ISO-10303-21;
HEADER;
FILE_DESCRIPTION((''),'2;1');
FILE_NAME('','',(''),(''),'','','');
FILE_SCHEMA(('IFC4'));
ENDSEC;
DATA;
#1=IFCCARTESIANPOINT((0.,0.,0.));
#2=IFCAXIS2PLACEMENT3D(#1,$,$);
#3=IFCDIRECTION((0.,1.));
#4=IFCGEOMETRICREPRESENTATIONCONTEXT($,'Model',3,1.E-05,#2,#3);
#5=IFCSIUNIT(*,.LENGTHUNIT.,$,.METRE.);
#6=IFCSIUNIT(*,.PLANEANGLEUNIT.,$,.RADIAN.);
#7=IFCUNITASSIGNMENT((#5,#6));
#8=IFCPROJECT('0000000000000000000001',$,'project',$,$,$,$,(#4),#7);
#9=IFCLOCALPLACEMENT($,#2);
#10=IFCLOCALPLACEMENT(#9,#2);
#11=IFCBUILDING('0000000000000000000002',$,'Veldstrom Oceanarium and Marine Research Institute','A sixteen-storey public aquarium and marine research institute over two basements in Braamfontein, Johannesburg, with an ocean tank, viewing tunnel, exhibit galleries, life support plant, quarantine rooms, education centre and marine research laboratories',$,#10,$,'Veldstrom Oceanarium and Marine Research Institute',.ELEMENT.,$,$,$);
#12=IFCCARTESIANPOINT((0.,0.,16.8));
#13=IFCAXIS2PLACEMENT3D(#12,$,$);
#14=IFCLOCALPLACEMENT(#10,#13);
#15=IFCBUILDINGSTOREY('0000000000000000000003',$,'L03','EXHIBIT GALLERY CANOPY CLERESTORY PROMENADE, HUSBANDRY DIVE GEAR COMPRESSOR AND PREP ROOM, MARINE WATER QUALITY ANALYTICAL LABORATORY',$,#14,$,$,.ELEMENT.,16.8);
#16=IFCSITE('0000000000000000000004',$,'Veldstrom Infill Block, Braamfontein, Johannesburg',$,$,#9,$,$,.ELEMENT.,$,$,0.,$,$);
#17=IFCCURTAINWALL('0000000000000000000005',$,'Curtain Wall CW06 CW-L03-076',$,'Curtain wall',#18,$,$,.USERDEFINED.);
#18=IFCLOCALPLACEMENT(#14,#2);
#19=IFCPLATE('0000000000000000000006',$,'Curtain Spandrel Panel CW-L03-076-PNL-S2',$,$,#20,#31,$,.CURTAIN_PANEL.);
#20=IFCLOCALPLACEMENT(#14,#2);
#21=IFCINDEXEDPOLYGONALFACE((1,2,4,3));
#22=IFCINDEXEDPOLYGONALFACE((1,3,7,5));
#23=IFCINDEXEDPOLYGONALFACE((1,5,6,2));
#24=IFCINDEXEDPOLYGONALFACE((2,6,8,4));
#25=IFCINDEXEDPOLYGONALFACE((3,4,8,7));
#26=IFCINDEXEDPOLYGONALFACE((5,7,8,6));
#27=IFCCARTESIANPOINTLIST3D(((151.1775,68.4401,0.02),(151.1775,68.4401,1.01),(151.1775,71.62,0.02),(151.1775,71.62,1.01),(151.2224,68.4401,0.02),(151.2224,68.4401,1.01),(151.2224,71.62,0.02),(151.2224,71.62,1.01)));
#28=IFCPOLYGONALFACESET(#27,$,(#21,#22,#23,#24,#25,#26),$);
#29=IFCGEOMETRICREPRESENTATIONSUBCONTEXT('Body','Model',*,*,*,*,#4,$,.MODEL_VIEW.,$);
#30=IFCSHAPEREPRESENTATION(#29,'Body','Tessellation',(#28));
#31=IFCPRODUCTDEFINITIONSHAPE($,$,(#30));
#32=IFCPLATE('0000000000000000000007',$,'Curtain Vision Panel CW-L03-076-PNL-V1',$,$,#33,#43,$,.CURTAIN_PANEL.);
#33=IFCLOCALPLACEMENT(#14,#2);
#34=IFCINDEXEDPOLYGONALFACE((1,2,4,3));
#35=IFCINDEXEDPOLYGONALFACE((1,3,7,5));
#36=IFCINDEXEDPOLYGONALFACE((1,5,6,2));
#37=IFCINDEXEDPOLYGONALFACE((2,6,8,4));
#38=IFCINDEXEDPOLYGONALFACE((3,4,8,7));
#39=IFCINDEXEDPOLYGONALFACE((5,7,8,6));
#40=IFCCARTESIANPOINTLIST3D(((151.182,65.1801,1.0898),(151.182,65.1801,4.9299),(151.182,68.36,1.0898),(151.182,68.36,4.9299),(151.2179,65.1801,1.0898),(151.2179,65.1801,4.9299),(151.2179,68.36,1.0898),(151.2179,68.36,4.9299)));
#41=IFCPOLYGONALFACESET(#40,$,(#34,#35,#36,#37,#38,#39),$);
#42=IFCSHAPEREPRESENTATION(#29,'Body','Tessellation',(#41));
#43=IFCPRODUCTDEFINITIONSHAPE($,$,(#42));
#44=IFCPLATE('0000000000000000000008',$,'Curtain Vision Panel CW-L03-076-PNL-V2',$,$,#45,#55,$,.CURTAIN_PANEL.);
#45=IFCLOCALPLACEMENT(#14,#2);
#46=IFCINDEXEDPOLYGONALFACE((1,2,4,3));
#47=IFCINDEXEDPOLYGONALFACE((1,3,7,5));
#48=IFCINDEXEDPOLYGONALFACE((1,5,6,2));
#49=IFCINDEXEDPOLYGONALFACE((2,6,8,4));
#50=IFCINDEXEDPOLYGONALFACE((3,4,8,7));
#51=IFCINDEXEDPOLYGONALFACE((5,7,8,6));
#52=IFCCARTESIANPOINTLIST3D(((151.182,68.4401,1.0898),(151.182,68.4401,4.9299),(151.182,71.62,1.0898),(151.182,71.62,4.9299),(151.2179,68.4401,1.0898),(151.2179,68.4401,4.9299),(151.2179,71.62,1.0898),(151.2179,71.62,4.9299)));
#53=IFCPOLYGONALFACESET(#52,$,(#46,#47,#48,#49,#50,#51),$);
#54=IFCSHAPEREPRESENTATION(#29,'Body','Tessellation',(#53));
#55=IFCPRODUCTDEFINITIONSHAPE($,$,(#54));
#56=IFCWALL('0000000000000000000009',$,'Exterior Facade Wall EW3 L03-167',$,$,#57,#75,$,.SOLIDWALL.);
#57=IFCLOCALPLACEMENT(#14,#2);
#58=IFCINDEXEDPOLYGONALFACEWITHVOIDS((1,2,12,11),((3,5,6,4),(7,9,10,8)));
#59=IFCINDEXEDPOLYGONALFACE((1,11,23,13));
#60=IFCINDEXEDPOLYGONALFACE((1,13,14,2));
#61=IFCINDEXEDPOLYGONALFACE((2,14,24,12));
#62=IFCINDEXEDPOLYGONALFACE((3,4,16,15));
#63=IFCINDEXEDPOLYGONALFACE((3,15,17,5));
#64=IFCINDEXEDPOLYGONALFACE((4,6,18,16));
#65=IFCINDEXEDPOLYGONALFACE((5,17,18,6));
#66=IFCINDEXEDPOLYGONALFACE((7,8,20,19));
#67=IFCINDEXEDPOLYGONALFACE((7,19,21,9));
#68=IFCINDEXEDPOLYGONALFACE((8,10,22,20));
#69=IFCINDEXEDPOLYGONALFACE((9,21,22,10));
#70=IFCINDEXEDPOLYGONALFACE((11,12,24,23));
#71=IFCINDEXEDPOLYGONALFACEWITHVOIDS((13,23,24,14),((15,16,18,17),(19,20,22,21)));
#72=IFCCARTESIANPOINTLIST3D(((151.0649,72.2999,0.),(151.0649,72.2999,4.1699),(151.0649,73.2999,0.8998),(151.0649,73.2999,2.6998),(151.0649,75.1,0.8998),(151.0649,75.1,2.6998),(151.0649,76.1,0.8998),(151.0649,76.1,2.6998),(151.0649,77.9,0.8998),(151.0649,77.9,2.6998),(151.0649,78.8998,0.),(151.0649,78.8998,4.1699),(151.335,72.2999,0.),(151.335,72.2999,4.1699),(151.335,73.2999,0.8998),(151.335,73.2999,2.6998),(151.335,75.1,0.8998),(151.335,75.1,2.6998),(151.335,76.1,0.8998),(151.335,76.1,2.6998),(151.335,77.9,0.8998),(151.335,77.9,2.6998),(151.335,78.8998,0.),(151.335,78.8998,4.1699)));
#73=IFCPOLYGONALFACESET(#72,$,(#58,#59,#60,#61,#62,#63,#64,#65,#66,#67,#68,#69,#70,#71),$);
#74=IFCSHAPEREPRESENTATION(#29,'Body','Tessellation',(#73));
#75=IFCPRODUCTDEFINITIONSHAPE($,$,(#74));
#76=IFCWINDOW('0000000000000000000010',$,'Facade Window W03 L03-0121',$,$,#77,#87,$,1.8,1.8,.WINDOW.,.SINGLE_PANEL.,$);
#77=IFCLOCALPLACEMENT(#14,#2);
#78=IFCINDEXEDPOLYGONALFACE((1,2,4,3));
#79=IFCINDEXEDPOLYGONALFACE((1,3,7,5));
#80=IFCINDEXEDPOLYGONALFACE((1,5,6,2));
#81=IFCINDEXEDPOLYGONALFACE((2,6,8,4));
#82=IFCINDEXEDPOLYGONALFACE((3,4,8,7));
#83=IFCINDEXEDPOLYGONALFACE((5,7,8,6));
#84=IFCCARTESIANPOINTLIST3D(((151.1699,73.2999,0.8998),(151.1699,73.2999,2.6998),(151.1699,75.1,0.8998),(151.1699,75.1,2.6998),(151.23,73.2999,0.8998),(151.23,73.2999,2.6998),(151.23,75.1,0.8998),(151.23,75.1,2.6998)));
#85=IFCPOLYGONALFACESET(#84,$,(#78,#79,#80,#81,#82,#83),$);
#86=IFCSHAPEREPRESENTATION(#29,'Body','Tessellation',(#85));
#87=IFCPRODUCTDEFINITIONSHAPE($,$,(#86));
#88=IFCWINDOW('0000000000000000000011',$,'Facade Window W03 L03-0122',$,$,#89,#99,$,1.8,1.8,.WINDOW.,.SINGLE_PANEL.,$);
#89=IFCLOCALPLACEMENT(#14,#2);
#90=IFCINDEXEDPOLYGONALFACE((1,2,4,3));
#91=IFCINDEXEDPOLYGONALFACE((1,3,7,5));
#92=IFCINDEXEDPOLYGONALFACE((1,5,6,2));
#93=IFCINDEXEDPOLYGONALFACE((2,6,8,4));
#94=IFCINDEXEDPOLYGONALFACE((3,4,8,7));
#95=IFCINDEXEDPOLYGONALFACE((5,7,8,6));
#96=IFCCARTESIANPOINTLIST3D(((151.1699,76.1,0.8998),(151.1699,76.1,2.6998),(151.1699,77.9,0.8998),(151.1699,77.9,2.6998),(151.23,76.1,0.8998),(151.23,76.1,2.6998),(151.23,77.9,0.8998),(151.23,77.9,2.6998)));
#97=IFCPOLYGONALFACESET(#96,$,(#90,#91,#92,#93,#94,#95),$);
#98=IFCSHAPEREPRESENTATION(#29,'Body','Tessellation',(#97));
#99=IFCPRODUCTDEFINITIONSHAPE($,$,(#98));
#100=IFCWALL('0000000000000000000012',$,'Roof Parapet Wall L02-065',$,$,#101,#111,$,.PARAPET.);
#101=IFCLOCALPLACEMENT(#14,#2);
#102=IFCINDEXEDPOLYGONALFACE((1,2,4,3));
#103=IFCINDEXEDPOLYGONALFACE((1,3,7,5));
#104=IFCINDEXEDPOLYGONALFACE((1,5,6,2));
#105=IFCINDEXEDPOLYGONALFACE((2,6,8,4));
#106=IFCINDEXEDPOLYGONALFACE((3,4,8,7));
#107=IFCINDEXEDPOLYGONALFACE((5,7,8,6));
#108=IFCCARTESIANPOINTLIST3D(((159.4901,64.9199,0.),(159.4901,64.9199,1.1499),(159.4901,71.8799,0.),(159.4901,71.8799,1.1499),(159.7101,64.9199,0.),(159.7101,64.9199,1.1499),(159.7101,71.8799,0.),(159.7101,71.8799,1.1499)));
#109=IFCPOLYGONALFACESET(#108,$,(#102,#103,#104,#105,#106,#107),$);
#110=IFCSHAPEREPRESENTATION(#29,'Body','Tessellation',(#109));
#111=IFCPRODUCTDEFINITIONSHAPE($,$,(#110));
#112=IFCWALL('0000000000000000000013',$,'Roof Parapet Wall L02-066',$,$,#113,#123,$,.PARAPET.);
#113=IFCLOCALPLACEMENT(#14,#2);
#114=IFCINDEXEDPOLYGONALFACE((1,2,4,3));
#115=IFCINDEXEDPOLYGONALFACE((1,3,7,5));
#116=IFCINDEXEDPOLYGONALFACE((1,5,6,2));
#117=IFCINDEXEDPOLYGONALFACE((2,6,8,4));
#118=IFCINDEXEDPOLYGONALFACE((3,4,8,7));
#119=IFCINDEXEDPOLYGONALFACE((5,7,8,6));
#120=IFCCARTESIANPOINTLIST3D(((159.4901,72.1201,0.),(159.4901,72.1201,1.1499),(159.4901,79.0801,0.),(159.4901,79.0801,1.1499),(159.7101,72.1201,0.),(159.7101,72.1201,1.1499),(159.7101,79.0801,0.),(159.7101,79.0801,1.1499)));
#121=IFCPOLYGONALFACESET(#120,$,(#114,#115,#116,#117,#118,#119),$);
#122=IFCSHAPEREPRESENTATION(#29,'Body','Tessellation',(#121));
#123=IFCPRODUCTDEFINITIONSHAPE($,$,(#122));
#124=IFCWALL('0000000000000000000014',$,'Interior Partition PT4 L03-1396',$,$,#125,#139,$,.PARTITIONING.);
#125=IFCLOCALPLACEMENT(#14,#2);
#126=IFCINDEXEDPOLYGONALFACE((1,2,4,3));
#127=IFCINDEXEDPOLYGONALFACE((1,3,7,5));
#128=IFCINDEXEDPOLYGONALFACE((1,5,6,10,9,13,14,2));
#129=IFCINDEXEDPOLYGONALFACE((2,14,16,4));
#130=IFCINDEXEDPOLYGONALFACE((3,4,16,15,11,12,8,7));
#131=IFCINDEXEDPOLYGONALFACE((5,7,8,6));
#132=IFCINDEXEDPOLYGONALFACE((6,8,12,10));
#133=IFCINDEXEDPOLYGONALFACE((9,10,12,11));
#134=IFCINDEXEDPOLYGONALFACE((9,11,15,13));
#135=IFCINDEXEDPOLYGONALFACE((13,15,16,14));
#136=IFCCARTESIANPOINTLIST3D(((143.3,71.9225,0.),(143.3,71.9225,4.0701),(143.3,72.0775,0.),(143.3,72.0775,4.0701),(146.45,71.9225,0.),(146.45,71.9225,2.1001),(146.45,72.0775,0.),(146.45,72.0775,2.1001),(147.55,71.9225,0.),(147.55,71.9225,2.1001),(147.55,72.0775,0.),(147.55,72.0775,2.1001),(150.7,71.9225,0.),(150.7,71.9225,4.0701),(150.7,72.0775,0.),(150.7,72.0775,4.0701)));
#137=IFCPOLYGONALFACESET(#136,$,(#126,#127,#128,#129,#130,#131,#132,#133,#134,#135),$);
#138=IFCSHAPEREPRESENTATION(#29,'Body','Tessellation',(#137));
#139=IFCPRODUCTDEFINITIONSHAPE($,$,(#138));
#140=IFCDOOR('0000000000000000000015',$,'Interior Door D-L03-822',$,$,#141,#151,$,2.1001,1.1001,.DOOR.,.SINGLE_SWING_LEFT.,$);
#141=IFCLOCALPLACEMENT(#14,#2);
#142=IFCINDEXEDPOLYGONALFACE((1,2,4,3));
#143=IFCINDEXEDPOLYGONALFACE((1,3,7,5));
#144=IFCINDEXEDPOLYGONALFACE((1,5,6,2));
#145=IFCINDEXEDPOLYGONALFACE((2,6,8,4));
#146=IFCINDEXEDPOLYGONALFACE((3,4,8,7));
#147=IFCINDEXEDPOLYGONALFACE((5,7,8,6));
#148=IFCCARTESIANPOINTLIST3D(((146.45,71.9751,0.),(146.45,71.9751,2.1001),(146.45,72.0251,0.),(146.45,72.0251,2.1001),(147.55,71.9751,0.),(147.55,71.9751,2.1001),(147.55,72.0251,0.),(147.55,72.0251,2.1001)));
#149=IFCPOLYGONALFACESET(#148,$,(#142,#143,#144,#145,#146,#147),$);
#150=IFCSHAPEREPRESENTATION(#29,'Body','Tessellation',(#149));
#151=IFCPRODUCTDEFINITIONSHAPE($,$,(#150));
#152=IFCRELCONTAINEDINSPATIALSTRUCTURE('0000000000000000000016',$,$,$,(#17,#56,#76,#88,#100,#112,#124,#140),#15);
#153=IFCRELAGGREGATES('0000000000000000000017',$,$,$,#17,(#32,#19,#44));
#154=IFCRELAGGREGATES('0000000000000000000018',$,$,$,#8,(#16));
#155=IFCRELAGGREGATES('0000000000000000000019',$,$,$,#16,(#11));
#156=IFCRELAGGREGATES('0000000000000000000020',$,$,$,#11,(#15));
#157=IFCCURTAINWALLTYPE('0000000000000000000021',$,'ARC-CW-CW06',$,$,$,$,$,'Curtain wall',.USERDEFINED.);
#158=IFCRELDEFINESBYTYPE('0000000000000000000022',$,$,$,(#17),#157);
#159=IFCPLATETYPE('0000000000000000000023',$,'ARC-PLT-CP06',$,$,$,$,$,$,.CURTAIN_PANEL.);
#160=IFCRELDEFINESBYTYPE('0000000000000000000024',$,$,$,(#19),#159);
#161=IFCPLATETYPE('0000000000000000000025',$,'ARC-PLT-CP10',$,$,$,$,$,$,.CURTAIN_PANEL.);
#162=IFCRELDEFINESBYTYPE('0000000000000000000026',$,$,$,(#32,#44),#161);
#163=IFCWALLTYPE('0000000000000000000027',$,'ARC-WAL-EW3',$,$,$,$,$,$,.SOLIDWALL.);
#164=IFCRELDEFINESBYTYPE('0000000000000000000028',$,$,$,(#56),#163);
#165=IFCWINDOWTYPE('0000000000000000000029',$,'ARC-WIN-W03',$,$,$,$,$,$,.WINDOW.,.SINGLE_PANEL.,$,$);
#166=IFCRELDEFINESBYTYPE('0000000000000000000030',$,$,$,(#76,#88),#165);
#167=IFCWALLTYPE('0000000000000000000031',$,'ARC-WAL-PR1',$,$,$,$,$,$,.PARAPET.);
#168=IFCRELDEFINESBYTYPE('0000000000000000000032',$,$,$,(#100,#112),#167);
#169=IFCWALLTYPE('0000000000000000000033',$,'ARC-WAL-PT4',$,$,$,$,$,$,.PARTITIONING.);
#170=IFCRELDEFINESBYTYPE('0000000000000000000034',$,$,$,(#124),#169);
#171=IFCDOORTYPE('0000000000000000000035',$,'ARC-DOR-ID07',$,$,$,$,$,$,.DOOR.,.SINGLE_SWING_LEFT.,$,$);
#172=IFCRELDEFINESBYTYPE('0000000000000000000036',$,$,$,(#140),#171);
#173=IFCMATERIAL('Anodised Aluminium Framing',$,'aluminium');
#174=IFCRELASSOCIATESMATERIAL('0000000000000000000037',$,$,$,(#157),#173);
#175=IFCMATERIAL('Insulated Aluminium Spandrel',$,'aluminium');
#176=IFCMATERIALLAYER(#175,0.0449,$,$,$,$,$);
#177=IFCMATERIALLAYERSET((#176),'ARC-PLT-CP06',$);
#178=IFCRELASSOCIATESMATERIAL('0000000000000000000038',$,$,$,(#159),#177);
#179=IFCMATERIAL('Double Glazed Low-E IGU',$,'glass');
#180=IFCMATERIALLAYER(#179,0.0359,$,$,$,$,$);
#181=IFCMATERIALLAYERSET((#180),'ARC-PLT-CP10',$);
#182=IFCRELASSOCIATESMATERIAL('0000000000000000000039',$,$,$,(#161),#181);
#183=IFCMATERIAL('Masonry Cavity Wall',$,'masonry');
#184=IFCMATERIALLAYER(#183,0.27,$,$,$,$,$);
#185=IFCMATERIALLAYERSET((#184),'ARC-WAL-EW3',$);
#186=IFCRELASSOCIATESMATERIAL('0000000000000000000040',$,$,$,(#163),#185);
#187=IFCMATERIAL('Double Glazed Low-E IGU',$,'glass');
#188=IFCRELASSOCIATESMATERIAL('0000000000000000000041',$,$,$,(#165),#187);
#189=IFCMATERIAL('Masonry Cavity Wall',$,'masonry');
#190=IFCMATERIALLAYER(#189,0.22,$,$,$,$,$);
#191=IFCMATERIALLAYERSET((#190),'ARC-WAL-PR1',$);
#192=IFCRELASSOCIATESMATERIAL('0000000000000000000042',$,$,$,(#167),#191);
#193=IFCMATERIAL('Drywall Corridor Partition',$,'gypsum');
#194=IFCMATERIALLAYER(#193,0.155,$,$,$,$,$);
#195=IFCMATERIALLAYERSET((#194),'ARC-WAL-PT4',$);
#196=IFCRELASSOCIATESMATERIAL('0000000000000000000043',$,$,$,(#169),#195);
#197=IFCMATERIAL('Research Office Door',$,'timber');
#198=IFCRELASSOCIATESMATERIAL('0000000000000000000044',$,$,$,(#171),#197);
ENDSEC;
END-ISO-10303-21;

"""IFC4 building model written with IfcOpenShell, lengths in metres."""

from ifc_helpers import new_model, si_unit, direction, frame, frame_2d, origin, origin_2d, place, context, subcontext, project, spatial, rectangle, extrude, material, layer, layer_set, type_object, element, fill, aggregate, save


model = new_model("IFC4")

# Units and contexts
model_context = context("Model", 3, precision=1e-05, world=origin(), true_north=direction((0.0, 1.0)))
body_context = subcontext(model_context, "Body", "Model", "MODEL_VIEW")
ifc_project = project(units=[si_unit("LENGTHUNIT", "METRE"), si_unit("PLANEANGLEUNIT", "RADIAN")], contexts=[model_context])

# Site, building, storey
site_placement = place(None, origin())
site = spatial("IfcSite", under=ifc_project, at=site_placement, Name="Veldstrom Infill Block, Braamfontein, Johannesburg", CompositionType="ELEMENT", RefElevation=0.0)
building_placement = place(site_placement, origin())
building = spatial("IfcBuilding", under=site, at=building_placement, Name="Veldstrom Oceanarium and Marine Research Institute", Description="A sixteen-storey public aquarium and marine research institute over two basements in Braamfontein, Johannesburg, with an ocean tank, viewing tunnel, exhibit galleries, life support plant, quarantine rooms, education centre and marine research laboratories", LongName="Veldstrom Oceanarium and Marine Research Institute", CompositionType="ELEMENT")
storey_placement = place(building_placement, frame((0.0, 0.0, 16.8)))
storey = spatial("IfcBuildingStorey", under=building, at=storey_placement, Name="L03", Description="EXHIBIT GALLERY CANOPY CLERESTORY PROMENADE, HUSBANDRY DIVE GEAR COMPRESSOR AND PREP ROOM, MARINE WATER QUALITY ANALYTICAL LABORATORY", CompositionType="ELEMENT", Elevation=16.8)

# Curtain wall
ifc_material_1 = material(Name="Anodised Aluminium Framing", Category="aluminium")
curtain_wall_type = type_object("IfcCurtainWallType", Name="ARC-CW-CW06", ElementType="Curtain wall", PredefinedType="USERDEFINED", material=ifc_material_1)
curtain_wall_placement = place(storey_placement, origin())
curtain_wall = element("IfcCurtainWall", 1, at=curtain_wall_placement, inside=storey, type_object=curtain_wall_type, Name="Curtain Wall CW06 CW-L03-076", ObjectType="Curtain wall", PredefinedType="USERDEFINED")

# Plates
ifc_material_2 = material(Name="Insulated Aluminium Spandrel", Category="aluminium")
ifc_layer_1 = layer(ifc_material_2, 0.0449)
ifc_layer_set_1 = layer_set([ifc_layer_1], Name="ARC-PLT-CP06")
plate_type_1 = type_object("IfcPlateType", Name="ARC-PLT-CP06", PredefinedType="CURTAIN_PANEL", material=ifc_layer_set_1)
plate_1_placement = place(storey_placement, frame((151.2, 70.03, 0.02), z_axis=(0.0, 0.0, 1.0), x_axis=(0.0, 1.0, 0.0)))
plate_1 = element("IfcPlate", 2, at=plate_1_placement, type_object=plate_type_1, Name="Curtain Spandrel Panel CW-L03-076-PNL-S2", PredefinedType="CURTAIN_PANEL", context=body_context, shape_type="SweptSolid", body=[
    extrude(rectangle(XDim=3.1799, YDim=0.0449, at=origin_2d()), origin(), (0.0, 0.0, 1.0), 0.99),
])
ifc_material_3 = material(Name="Double Glazed Low-E IGU", Category="glass")
ifc_layer_2 = layer(ifc_material_3, 0.0359)
ifc_layer_set_2 = layer_set([ifc_layer_2], Name="ARC-PLT-CP10")
plate_type_2 = type_object("IfcPlateType", Name="ARC-PLT-CP10", PredefinedType="CURTAIN_PANEL", material=ifc_layer_set_2)
plate_2_placement = place(storey_placement, frame((151.2, 66.77, 1.0898), z_axis=(0.0, 0.0, 1.0), x_axis=(0.0, 1.0, 0.0)))
plate_2 = element("IfcPlate", 3, at=plate_2_placement, type_object=plate_type_2, Name="Curtain Vision Panel CW-L03-076-PNL-V1", PredefinedType="CURTAIN_PANEL", context=body_context, shape_type="SweptSolid", body=[
    extrude(rectangle(XDim=3.1799, YDim=0.0359, at=origin_2d()), origin(), (0.0, 0.0, 1.0), 3.8401),
])
plate_3_placement = place(storey_placement, frame((151.2, 70.03, 1.0898), z_axis=(0.0, 0.0, 1.0), x_axis=(0.0, 1.0, 0.0)))
plate_3 = element("IfcPlate", 4, at=plate_3_placement, type_object=plate_type_2, Name="Curtain Vision Panel CW-L03-076-PNL-V2", PredefinedType="CURTAIN_PANEL", context=body_context, shape_type="SweptSolid", body=[
    extrude(rectangle(XDim=3.1799, YDim=0.0359, at=origin_2d()), origin(), (0.0, 0.0, 1.0), 3.8401),
])
aggregate(curtain_wall, [plate_2, plate_1, plate_3])

# Wall, openings, windows
ifc_material_4 = material(Name="Masonry Cavity Wall", Category="masonry")
ifc_layer_3 = layer(ifc_material_4, 0.27)
ifc_layer_set_3 = layer_set([ifc_layer_3], Name="ARC-WAL-EW3")
wall_type_1 = type_object("IfcWallType", Name="ARC-WAL-EW3", PredefinedType="SOLIDWALL", material=ifc_layer_set_3)
wall_1_placement = place(storey_placement, frame((151.2, 72.3, 0.0), z_axis=(0.0, 0.0, 1.0), x_axis=(0.0, 1.0, 0.0)))
wall_1 = element("IfcWall", 5, at=wall_1_placement, inside=storey, type_object=wall_type_1, Name="Exterior Facade Wall EW3 L03-167", PredefinedType="SOLIDWALL", context=body_context, shape_type="SweptSolid", body=[
    extrude(rectangle(XDim=6.5999, YDim=0.27, at=frame_2d((3.2998, 0.0))), origin(), (0.0, 0.0, 1.0), 4.1699),
])
opening_1_placement = place(wall_1_placement, frame((1.0, 0.0, 0.8999)))
opening_1 = element("IfcOpeningElement", 6, at=opening_1_placement, cuts=wall_1, PredefinedType="OPENING", context=body_context, shape_type="SweptSolid", body=[
    extrude(rectangle(XDim=1.8, YDim=1.8, at=frame_2d((0.8999, 0.8999))), frame((0.0, 0.145, 0.0), z_axis=(0.0, -1.0, 0.0), x_axis=(1.0, 0.0, 0.0)), (0.0, 0.0, 1.0), 0.29),
])
opening_2_placement = place(wall_1_placement, frame((3.8, 0.0, 0.8999)))
opening_2 = element("IfcOpeningElement", 7, at=opening_2_placement, cuts=wall_1, PredefinedType="OPENING", context=body_context, shape_type="SweptSolid", body=[
    extrude(rectangle(XDim=1.8, YDim=1.8, at=frame_2d((0.8999, 0.8999))), frame((0.0, 0.145, 0.0), z_axis=(0.0, -1.0, 0.0), x_axis=(1.0, 0.0, 0.0)), (0.0, 0.0, 1.0), 0.29),
])
ifc_material_5 = material(Name="Double Glazed Low-E IGU", Category="glass")
window_type = type_object("IfcWindowType", Name="ARC-WIN-W03", PartitioningType="SINGLE_PANEL", PredefinedType="WINDOW", material=ifc_material_5)
window_1_placement = place(opening_1_placement, origin())
window_1 = element("IfcWindow", 8, at=window_1_placement, inside=storey, type_object=window_type, Name="Facade Window W03 L03-0121", OverallHeight=1.8, OverallWidth=1.8, PartitioningType="SINGLE_PANEL", PredefinedType="WINDOW", context=body_context, shape_type="SweptSolid", body=[
    extrude(rectangle(XDim=1.8, YDim=1.8, at=frame_2d((0.8999, 0.8999))), frame((0.0, 0.03, 0.0), z_axis=(0.0, -1.0, 0.0), x_axis=(1.0, 0.0, 0.0)), (0.0, 0.0, 1.0), 0.0601),
])
fill(opening_1, window_1)
window_2_placement = place(opening_2_placement, origin())
window_2 = element("IfcWindow", 9, at=window_2_placement, inside=storey, type_object=window_type, Name="Facade Window W03 L03-0122", OverallHeight=1.8, OverallWidth=1.8, PartitioningType="SINGLE_PANEL", PredefinedType="WINDOW", context=body_context, shape_type="SweptSolid", body=[
    extrude(rectangle(XDim=1.8, YDim=1.8, at=frame_2d((0.8999, 0.8999))), frame((0.0, 0.03, 0.0), z_axis=(0.0, -1.0, 0.0), x_axis=(1.0, 0.0, 0.0)), (0.0, 0.0, 1.0), 0.0601),
])
fill(opening_2, window_2)

# Walls
ifc_material_6 = material(Name="Masonry Cavity Wall", Category="masonry")
ifc_layer_4 = layer(ifc_material_6, 0.22)
ifc_layer_set_4 = layer_set([ifc_layer_4], Name="ARC-WAL-PR1")
wall_type_2 = type_object("IfcWallType", Name="ARC-WAL-PR1", PredefinedType="PARAPET", material=ifc_layer_set_4)
for number, where, z_axis, x_axis, name in (
    (10, (159.6001, 64.9199, 0.0), (0.0, 0.0, 1.0), (0.0, 1.0, 0.0), "Roof Parapet Wall L02-065"),
    (11, (159.6001, 72.1201, 0.0), (0.0, 0.0, 1.0), (0.0, 1.0, 0.0), "Roof Parapet Wall L02-066"),
):
    element("IfcWall", number, at=place(storey_placement, frame(where, z_axis=z_axis, x_axis=x_axis)), inside=storey, type_object=wall_type_2, Name=name, PredefinedType="PARAPET", context=body_context, shape_type="SweptSolid", body=[
        extrude(rectangle(XDim=6.96, YDim=0.22, at=frame_2d((3.48, 0.0))), origin(), (0.0, 0.0, 1.0), 1.1499),
    ])

# Wall, opening, door
ifc_material_7 = material(Name="Drywall Corridor Partition", Category="gypsum")
ifc_layer_5 = layer(ifc_material_7, 0.155)
ifc_layer_set_5 = layer_set([ifc_layer_5], Name="ARC-WAL-PT4")
wall_type_3 = type_object("IfcWallType", Name="ARC-WAL-PT4", PredefinedType="PARTITIONING", material=ifc_layer_set_5)
wall_2_placement = place(storey_placement, frame((143.3, 72.0, 0.0), z_axis=(0.0, 0.0, 1.0), x_axis=(1.0, 0.0, 0.0)))
wall_2 = element("IfcWall", 12, at=wall_2_placement, inside=storey, type_object=wall_type_3, Name="Interior Partition PT4 L03-1396", PredefinedType="PARTITIONING", context=body_context, shape_type="SweptSolid", body=[
    extrude(rectangle(XDim=7.3999, YDim=0.155, at=frame_2d((3.7, 0.0))), origin(), (0.0, 0.0, 1.0), 4.0701),
])
opening_3_placement = place(wall_2_placement, frame((3.1499, 0.0, 0.0)))
opening_3 = element("IfcOpeningElement", 13, at=opening_3_placement, cuts=wall_2, PredefinedType="OPENING", context=body_context, shape_type="SweptSolid", body=[
    extrude(rectangle(XDim=1.1001, YDim=2.1001, at=frame_2d((0.55, 1.05))), frame((0.0, 0.0874, 0.0), z_axis=(0.0, -1.0, 0.0), x_axis=(1.0, 0.0, 0.0)), (0.0, 0.0, 1.0), 0.175),
])
ifc_material_8 = material(Name="Research Office Door", Category="timber")
door_type_1 = type_object("IfcDoorType", Name="ARC-DOR-ID07", OperationType="SINGLE_SWING_LEFT", PredefinedType="DOOR", material=ifc_material_8)
door_1_placement = place(opening_3_placement, frame((1.1001, 0.0, 0.0), z_axis=(0.0, 0.0, 1.0), x_axis=(-1.0, 0.0, 0.0)))
door_1 = element("IfcDoor", 14, at=door_1_placement, inside=storey, type_object=door_type_1, Name="Interior Door D-L03-822", OperationType="SINGLE_SWING_LEFT", OverallHeight=2.1001, OverallWidth=1.1001, PredefinedType="DOOR", context=body_context, shape_type="SweptSolid", body=[
    extrude(rectangle(XDim=1.1001, YDim=2.1001, at=frame_2d((0.55, 1.05))), frame((0.0, 0.0249, 0.0), z_axis=(0.0, -1.0, 0.0), x_axis=(1.0, 0.0, 0.0)), (0.0, 0.0, 1.0), 0.05),
])
fill(opening_3, door_1)

save(model, "model.ifc")
